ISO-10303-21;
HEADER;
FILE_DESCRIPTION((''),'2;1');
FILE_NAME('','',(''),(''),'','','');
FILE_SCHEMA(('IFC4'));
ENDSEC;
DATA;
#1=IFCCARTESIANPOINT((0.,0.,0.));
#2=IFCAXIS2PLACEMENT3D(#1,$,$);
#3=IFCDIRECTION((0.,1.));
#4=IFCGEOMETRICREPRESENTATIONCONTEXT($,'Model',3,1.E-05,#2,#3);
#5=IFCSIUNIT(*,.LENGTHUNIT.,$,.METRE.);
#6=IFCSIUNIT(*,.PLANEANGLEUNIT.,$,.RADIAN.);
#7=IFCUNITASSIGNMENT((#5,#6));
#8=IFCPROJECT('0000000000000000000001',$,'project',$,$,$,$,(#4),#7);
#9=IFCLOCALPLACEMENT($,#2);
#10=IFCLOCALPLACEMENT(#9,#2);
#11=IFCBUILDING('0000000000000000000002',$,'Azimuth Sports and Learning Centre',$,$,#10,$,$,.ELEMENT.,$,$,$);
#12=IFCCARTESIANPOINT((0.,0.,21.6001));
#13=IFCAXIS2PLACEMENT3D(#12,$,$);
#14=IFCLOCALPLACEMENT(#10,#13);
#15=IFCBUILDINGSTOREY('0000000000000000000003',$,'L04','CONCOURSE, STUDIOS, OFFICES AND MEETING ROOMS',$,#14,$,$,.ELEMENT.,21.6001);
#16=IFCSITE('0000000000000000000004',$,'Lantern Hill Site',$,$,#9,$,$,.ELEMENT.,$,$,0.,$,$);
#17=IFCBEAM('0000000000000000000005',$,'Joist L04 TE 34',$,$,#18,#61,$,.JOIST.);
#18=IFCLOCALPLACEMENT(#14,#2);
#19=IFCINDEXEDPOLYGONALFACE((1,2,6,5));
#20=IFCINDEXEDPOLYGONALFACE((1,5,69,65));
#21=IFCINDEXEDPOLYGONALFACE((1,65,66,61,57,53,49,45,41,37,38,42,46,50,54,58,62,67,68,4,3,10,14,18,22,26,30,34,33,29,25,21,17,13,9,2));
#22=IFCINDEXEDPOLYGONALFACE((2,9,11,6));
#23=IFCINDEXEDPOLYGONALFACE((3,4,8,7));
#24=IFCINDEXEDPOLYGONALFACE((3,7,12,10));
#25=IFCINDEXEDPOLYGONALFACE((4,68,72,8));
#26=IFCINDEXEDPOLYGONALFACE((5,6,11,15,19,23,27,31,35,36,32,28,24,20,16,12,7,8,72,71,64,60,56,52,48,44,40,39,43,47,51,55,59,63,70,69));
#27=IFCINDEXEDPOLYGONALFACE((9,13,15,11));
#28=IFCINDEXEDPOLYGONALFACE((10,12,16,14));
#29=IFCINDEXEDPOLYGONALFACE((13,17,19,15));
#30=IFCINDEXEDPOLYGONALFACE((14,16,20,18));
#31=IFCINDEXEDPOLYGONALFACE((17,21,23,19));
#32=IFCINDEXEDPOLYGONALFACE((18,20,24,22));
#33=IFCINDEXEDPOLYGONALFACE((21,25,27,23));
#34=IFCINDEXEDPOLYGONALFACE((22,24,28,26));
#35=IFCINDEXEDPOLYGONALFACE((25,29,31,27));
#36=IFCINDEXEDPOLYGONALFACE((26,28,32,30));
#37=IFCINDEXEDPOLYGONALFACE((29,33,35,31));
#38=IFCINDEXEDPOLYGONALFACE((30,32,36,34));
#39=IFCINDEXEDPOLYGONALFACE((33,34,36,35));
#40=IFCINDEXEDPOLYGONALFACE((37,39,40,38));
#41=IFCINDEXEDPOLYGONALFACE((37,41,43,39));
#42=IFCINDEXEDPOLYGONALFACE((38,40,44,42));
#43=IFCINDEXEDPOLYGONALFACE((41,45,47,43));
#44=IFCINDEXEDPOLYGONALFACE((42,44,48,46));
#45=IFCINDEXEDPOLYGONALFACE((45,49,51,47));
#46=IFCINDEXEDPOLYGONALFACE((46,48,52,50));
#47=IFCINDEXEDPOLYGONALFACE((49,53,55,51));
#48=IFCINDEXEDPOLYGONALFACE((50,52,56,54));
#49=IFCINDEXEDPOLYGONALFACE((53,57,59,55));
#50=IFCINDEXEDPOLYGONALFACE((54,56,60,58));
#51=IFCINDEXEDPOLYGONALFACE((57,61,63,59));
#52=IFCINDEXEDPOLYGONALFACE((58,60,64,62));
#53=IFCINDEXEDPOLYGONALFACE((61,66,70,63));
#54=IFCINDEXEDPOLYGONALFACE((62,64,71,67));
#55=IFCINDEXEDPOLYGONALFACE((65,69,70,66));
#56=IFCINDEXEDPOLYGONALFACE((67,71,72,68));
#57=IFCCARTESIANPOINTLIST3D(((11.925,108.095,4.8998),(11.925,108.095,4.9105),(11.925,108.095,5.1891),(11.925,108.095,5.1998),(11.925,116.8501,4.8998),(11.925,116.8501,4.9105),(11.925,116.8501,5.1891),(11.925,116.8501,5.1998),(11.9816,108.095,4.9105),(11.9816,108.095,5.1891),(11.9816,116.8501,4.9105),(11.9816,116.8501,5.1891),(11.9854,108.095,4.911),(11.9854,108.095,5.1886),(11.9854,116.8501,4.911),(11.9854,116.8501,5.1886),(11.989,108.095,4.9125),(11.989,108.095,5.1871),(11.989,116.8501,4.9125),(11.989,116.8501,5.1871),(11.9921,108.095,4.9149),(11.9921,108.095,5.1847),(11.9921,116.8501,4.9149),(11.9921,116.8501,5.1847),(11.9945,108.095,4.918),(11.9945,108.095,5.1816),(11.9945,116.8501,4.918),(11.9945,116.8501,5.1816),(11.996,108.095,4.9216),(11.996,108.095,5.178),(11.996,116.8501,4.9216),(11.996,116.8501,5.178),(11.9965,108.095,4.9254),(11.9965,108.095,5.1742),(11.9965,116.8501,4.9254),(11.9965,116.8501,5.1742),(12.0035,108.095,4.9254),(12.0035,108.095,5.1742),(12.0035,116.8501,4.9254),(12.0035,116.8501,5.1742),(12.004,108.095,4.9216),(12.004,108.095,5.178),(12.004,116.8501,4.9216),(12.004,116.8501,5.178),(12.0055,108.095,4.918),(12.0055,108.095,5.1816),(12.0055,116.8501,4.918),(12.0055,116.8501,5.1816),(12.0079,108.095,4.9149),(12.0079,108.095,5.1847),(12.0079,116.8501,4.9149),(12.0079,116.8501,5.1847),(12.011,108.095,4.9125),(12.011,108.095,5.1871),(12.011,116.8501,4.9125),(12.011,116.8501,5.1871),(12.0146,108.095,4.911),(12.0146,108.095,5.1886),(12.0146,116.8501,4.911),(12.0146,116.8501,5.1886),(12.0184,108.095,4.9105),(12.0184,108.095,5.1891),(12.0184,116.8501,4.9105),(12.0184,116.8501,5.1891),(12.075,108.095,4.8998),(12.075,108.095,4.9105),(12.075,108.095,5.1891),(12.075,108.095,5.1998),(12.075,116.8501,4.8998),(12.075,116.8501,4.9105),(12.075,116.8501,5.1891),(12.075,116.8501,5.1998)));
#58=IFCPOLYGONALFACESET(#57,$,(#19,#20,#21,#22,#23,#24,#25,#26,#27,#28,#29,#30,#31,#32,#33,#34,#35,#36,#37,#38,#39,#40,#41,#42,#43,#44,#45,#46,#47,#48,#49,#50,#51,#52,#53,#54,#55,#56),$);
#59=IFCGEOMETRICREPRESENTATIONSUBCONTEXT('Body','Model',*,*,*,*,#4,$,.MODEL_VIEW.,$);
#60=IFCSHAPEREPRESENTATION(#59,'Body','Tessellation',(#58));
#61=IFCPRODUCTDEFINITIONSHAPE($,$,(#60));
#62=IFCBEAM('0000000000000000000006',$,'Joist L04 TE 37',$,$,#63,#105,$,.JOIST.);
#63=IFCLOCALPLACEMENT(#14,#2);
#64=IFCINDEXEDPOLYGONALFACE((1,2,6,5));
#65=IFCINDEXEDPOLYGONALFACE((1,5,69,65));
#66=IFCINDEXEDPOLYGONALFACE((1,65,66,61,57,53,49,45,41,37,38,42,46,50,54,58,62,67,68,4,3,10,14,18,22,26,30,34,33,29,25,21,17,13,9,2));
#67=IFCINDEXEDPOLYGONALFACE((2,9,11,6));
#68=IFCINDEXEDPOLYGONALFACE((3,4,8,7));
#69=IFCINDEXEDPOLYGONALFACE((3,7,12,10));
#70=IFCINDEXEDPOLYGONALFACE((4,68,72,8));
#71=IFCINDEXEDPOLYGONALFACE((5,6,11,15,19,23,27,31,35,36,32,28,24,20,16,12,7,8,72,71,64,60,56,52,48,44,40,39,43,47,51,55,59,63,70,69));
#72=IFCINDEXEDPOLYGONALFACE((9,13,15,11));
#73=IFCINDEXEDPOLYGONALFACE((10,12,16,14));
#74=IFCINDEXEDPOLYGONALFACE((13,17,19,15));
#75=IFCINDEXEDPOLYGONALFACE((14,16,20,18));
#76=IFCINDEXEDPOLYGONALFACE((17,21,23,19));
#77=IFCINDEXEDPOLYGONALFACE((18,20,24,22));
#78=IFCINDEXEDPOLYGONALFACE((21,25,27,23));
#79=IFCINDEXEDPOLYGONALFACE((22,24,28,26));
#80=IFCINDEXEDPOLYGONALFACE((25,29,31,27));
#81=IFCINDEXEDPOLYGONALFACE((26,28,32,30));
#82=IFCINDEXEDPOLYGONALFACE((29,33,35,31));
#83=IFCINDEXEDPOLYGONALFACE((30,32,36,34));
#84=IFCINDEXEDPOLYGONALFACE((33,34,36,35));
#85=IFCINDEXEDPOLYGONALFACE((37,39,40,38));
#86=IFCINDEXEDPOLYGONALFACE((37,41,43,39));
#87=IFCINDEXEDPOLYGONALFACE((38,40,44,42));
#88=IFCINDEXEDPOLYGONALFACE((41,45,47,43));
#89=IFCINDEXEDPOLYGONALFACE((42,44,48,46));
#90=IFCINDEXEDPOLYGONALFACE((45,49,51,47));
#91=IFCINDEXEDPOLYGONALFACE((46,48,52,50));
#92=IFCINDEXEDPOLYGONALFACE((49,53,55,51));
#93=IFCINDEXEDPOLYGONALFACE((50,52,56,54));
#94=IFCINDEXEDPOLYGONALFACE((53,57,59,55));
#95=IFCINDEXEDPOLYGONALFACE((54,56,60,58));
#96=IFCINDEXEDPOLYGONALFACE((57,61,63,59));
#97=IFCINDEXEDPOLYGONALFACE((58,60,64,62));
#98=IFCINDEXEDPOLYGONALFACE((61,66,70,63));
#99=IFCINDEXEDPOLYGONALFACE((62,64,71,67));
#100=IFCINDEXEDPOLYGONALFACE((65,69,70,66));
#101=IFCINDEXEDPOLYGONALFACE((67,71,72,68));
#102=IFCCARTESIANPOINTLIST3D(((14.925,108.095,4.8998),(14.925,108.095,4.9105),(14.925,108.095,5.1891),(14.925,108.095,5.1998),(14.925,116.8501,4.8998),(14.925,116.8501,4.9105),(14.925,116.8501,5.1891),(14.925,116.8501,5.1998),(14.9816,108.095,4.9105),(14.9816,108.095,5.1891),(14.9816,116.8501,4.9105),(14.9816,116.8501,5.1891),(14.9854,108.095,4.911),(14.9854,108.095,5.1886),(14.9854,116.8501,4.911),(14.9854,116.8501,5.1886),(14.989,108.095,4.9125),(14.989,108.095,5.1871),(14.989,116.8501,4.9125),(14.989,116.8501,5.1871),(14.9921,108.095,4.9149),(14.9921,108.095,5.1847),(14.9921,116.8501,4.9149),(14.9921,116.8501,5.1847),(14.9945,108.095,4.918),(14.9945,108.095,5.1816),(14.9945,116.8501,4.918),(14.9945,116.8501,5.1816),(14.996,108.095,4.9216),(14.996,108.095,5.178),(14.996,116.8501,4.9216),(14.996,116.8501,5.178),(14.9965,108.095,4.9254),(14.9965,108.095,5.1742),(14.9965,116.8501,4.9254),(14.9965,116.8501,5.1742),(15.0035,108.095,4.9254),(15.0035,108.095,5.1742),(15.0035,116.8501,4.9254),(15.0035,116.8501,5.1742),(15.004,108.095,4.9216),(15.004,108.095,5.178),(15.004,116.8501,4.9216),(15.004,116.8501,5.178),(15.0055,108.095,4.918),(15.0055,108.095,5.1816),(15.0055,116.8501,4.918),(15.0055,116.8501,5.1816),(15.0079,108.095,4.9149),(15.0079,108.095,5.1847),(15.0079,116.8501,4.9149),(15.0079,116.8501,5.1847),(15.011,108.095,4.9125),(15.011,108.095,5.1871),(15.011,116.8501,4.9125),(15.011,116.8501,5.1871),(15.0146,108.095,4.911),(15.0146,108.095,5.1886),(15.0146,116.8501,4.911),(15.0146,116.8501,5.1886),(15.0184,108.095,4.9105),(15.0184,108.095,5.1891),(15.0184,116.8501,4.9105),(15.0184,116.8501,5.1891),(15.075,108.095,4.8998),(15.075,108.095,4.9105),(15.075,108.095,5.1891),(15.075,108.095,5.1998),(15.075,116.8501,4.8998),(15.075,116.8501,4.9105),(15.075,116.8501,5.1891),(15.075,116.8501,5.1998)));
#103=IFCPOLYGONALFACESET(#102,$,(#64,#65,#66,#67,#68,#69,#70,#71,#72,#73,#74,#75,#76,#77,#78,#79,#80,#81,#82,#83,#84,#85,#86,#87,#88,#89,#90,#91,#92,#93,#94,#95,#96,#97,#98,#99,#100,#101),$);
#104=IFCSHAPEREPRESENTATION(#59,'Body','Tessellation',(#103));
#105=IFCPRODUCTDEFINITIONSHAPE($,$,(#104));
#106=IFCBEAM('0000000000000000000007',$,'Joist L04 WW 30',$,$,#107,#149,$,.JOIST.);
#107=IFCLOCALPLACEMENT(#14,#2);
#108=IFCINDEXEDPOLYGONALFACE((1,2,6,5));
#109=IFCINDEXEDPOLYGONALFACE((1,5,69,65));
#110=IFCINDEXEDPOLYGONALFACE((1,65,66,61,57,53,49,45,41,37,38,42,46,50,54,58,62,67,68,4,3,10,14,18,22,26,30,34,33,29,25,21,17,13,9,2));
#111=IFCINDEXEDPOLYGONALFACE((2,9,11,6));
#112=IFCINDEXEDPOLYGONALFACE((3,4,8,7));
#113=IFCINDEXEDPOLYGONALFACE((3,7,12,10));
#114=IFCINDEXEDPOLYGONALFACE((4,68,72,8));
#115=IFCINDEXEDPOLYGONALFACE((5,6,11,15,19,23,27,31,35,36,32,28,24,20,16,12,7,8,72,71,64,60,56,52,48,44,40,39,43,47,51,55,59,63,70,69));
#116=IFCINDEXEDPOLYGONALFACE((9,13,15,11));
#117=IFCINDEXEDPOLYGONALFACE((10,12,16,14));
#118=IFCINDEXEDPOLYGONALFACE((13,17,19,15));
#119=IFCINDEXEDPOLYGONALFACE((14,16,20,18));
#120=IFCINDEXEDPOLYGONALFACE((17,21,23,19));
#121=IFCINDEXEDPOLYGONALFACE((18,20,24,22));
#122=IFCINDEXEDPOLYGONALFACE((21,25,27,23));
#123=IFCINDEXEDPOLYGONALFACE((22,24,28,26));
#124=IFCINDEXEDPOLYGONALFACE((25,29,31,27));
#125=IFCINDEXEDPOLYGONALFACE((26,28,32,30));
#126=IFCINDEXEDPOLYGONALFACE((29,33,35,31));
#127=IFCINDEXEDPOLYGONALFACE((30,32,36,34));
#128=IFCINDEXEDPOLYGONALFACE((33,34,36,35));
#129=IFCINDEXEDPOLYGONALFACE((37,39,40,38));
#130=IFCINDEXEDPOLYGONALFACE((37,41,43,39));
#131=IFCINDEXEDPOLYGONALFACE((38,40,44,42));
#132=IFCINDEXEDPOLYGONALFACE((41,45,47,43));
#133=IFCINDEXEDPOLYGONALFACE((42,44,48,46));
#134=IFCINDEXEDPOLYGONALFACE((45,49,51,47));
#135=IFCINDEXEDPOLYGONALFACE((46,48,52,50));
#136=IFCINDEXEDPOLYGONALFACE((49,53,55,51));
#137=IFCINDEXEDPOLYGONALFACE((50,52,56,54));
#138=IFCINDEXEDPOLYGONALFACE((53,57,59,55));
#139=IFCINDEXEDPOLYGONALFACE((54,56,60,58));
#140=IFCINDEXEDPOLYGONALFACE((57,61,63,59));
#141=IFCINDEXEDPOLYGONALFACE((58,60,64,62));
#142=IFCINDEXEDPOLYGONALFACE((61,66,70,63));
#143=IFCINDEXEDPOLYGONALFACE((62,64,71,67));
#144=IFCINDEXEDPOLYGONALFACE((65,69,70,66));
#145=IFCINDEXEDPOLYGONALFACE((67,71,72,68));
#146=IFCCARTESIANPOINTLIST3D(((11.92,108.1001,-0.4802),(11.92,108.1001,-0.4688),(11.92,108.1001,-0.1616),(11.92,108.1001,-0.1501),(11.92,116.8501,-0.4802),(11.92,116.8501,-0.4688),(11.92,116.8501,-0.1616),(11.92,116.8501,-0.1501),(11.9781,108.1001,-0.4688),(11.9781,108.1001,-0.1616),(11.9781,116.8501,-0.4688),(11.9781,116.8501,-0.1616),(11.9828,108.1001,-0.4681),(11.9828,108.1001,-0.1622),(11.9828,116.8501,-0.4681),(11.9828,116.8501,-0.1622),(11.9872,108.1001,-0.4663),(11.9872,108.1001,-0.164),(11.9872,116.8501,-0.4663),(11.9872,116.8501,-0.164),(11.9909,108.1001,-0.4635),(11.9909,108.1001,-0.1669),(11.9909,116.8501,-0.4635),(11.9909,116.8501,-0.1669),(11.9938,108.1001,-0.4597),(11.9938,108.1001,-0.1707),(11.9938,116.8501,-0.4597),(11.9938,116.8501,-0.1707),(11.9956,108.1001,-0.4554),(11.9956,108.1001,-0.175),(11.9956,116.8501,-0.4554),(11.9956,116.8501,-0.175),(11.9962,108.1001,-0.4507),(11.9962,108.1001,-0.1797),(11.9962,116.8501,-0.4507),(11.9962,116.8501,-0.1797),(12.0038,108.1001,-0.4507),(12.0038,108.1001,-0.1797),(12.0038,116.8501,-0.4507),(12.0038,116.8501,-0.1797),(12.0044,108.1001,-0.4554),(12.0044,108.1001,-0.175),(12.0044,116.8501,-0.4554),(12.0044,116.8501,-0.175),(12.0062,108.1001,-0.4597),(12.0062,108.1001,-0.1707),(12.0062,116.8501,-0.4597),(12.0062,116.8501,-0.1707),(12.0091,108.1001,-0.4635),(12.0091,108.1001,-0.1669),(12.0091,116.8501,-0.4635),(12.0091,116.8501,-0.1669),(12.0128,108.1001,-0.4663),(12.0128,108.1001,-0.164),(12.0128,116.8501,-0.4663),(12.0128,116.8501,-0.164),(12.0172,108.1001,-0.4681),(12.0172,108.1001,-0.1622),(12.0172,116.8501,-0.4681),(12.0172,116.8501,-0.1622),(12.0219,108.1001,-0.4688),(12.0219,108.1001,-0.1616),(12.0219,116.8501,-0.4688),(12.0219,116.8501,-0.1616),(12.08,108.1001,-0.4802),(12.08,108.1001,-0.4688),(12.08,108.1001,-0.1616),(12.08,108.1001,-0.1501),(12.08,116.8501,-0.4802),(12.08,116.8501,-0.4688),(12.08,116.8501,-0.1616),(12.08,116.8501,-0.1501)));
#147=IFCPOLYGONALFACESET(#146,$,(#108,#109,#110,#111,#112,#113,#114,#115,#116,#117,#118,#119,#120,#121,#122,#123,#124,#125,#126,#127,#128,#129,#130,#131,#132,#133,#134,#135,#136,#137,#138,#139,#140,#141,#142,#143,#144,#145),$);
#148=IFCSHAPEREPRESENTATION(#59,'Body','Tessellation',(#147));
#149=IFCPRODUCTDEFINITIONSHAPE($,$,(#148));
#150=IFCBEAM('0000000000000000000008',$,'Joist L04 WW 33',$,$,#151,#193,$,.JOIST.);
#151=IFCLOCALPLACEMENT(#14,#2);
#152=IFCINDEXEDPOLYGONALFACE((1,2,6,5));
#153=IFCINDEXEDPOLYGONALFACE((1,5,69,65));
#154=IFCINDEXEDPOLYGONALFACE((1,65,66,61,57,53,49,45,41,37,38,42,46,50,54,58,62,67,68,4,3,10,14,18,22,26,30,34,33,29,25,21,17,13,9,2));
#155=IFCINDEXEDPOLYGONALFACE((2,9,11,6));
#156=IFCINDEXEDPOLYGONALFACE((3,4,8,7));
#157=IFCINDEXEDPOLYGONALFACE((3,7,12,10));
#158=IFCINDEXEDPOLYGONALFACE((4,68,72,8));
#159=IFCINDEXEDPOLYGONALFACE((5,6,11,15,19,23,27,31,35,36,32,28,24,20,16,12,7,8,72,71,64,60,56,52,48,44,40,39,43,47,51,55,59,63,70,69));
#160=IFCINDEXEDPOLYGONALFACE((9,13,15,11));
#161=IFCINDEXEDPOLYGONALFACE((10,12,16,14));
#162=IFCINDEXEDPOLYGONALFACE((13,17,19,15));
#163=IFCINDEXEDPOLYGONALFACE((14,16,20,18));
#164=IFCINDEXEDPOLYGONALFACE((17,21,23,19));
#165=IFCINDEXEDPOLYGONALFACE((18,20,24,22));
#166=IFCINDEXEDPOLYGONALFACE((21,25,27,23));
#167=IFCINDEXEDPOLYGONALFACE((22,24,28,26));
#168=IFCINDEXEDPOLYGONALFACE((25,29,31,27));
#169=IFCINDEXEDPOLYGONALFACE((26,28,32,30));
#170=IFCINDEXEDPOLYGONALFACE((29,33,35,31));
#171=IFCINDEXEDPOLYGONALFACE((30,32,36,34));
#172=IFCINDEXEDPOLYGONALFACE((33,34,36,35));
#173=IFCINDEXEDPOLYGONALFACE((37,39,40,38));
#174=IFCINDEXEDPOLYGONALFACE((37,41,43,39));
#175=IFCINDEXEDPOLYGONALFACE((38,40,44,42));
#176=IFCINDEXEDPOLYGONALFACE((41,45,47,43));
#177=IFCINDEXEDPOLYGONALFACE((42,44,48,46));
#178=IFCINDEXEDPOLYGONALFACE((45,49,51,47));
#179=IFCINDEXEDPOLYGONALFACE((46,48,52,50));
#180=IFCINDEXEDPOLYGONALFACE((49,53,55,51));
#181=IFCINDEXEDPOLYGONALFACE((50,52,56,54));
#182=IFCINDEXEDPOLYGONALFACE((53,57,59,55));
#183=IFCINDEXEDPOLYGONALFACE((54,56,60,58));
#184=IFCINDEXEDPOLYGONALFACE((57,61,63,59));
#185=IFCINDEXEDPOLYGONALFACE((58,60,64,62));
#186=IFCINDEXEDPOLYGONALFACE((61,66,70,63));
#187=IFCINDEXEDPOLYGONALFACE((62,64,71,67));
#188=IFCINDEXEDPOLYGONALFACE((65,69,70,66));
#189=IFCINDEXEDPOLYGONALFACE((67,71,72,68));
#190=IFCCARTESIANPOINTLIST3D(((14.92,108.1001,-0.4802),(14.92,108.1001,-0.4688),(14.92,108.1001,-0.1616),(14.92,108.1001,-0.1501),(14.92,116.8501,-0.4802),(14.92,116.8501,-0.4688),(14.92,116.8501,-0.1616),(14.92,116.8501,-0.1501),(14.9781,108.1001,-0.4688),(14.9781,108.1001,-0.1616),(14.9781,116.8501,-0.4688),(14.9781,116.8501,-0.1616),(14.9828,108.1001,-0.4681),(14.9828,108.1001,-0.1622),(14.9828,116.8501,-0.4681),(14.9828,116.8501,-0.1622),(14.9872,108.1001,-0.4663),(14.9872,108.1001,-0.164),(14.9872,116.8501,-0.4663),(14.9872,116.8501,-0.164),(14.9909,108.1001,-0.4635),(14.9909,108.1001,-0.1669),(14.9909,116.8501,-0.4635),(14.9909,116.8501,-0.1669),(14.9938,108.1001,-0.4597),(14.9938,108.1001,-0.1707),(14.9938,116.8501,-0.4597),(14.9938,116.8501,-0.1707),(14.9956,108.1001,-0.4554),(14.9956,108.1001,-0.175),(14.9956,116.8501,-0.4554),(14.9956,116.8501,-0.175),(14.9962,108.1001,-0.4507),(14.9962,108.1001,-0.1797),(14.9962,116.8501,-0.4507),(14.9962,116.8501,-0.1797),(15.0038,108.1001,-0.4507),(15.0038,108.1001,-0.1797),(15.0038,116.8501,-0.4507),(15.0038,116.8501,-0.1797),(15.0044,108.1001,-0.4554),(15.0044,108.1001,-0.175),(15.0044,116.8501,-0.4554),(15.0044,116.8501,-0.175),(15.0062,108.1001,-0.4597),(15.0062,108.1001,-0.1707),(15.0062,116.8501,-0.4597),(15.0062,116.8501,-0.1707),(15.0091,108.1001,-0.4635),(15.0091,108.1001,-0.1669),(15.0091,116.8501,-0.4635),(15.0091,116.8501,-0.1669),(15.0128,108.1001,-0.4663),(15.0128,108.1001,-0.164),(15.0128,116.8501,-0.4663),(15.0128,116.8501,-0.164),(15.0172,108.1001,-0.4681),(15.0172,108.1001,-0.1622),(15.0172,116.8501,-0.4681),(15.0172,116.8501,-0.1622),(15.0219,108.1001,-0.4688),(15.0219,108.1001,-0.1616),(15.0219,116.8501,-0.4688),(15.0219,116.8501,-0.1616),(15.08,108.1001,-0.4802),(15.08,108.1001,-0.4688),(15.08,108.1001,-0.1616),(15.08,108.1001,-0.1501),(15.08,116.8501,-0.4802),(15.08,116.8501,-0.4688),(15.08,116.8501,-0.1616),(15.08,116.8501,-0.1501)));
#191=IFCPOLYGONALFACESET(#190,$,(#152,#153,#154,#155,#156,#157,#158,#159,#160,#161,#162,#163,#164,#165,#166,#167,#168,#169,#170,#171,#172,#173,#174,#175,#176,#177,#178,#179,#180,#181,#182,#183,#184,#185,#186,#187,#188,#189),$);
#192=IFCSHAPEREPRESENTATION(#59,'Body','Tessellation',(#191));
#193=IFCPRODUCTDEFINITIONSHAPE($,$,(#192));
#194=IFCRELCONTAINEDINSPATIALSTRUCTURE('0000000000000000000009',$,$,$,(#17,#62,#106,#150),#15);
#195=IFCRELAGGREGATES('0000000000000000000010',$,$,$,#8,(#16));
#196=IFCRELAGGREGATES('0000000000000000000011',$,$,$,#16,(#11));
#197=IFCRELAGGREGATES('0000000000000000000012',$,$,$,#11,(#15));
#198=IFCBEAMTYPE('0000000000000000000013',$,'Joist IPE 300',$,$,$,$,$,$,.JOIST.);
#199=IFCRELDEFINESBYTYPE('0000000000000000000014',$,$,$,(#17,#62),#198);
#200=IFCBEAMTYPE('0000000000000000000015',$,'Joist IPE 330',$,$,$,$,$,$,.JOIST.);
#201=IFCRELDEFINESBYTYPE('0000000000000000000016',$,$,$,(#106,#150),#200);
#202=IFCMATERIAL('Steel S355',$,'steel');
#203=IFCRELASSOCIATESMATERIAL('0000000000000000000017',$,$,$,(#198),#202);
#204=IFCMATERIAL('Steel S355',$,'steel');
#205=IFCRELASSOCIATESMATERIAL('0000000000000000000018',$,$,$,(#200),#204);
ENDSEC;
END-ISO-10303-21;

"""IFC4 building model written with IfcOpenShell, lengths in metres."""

from ifc_helpers import new_model, si_unit, direction, frame, origin, origin_2d, place, context, subcontext, project, spatial, i_section, extrude, material, material_profile, profile_set, type_object, element, save


model = new_model("IFC4")

# Units and contexts
model_context = context("Model", 3, precision=1e-05, world=origin(), true_north=direction((0.0, 1.0)))
body_context = subcontext(model_context, "Body", "Model", "MODEL_VIEW")
ifc_project = project(units=[si_unit("LENGTHUNIT", "METRE"), si_unit("PLANEANGLEUNIT", "RADIAN")], contexts=[model_context])

# Site, building, storey
site_placement = place(None, origin())
site = spatial("IfcSite", under=ifc_project, at=site_placement, Name="Lantern Hill Site", CompositionType="ELEMENT", RefElevation=0.0)
building_placement = place(site_placement, origin())
building = spatial("IfcBuilding", under=site, at=building_placement, Name="Azimuth Sports and Learning Centre", CompositionType="ELEMENT")
storey_placement = place(building_placement, frame((0.0, 0.0, 21.6001)))
storey = spatial("IfcBuildingStorey", under=building, at=storey_placement, Name="L04", Description="CONCOURSE, STUDIOS, OFFICES AND MEETING ROOMS", CompositionType="ELEMENT", Elevation=21.6001)

# Beams
ifc_material_1 = material(Name="Steel S355", Category="steel")
ifc_material_profile_1 = material_profile(ifc_material_1, i_section(OverallWidth=0.1499, OverallDepth=0.3, WebThickness=0.0071, FlangeThickness=0.0107, FilletRadius=0.0149, at=origin_2d()), Name="IPE 300")
ifc_profile_set_1 = profile_set([ifc_material_profile_1], Name="Steel S355")
beam_type_1 = type_object("IfcBeamType", Name="Joist IPE 300", PredefinedType="JOIST", material=ifc_profile_set_1)
for number, where, z_axis, x_axis, name in (
    (1, (12.0, 108.095, 5.0498), (0.0, 1.0, 0.0), (-1.0, 0.0, 0.0), "Joist L04 TE 34"),
    (2, (15.0, 108.095, 5.0498), (0.0, 1.0, 0.0), (-1.0, 0.0, 0.0), "Joist L04 TE 37"),
):
    element("IfcBeam", number, at=place(storey_placement, frame(where, z_axis=z_axis, x_axis=x_axis)), inside=storey, type_object=beam_type_1, Name=name, PredefinedType="JOIST", context=body_context, shape_type="SweptSolid", body=[
        extrude(i_section(OverallWidth=0.1499, OverallDepth=0.3, WebThickness=0.0071, FlangeThickness=0.0107, FilletRadius=0.0149, at=origin_2d()), origin(), (0.0, 0.0, 1.0), 8.7551),
    ])
ifc_material_2 = material(Name="Steel S355", Category="steel")
ifc_material_profile_2 = material_profile(ifc_material_2, i_section(OverallWidth=0.1599, OverallDepth=0.3301, WebThickness=0.0076, FlangeThickness=0.0115, FilletRadius=0.0181, at=origin_2d()), Name="IPE 330")
ifc_profile_set_2 = profile_set([ifc_material_profile_2], Name="Steel S355")
beam_type_2 = type_object("IfcBeamType", Name="Joist IPE 330", PredefinedType="JOIST", material=ifc_profile_set_2)
for number, where, z_axis, x_axis, name in (
    (3, (12.0, 108.1001, -0.3152), (0.0, 1.0, 0.0), (-1.0, 0.0, 0.0), "Joist L04 WW 30"),
    (4, (15.0, 108.1001, -0.3152), (0.0, 1.0, 0.0), (-1.0, 0.0, 0.0), "Joist L04 WW 33"),
):
    element("IfcBeam", number, at=place(storey_placement, frame(where, z_axis=z_axis, x_axis=x_axis)), inside=storey, type_object=beam_type_2, Name=name, PredefinedType="JOIST", context=body_context, shape_type="SweptSolid", body=[
        extrude(i_section(OverallWidth=0.1599, OverallDepth=0.3301, WebThickness=0.0076, FlangeThickness=0.0115, FilletRadius=0.0181, at=origin_2d()), origin(), (0.0, 0.0, 1.0), 8.75),
    ])

save(model, "model.ifc")
